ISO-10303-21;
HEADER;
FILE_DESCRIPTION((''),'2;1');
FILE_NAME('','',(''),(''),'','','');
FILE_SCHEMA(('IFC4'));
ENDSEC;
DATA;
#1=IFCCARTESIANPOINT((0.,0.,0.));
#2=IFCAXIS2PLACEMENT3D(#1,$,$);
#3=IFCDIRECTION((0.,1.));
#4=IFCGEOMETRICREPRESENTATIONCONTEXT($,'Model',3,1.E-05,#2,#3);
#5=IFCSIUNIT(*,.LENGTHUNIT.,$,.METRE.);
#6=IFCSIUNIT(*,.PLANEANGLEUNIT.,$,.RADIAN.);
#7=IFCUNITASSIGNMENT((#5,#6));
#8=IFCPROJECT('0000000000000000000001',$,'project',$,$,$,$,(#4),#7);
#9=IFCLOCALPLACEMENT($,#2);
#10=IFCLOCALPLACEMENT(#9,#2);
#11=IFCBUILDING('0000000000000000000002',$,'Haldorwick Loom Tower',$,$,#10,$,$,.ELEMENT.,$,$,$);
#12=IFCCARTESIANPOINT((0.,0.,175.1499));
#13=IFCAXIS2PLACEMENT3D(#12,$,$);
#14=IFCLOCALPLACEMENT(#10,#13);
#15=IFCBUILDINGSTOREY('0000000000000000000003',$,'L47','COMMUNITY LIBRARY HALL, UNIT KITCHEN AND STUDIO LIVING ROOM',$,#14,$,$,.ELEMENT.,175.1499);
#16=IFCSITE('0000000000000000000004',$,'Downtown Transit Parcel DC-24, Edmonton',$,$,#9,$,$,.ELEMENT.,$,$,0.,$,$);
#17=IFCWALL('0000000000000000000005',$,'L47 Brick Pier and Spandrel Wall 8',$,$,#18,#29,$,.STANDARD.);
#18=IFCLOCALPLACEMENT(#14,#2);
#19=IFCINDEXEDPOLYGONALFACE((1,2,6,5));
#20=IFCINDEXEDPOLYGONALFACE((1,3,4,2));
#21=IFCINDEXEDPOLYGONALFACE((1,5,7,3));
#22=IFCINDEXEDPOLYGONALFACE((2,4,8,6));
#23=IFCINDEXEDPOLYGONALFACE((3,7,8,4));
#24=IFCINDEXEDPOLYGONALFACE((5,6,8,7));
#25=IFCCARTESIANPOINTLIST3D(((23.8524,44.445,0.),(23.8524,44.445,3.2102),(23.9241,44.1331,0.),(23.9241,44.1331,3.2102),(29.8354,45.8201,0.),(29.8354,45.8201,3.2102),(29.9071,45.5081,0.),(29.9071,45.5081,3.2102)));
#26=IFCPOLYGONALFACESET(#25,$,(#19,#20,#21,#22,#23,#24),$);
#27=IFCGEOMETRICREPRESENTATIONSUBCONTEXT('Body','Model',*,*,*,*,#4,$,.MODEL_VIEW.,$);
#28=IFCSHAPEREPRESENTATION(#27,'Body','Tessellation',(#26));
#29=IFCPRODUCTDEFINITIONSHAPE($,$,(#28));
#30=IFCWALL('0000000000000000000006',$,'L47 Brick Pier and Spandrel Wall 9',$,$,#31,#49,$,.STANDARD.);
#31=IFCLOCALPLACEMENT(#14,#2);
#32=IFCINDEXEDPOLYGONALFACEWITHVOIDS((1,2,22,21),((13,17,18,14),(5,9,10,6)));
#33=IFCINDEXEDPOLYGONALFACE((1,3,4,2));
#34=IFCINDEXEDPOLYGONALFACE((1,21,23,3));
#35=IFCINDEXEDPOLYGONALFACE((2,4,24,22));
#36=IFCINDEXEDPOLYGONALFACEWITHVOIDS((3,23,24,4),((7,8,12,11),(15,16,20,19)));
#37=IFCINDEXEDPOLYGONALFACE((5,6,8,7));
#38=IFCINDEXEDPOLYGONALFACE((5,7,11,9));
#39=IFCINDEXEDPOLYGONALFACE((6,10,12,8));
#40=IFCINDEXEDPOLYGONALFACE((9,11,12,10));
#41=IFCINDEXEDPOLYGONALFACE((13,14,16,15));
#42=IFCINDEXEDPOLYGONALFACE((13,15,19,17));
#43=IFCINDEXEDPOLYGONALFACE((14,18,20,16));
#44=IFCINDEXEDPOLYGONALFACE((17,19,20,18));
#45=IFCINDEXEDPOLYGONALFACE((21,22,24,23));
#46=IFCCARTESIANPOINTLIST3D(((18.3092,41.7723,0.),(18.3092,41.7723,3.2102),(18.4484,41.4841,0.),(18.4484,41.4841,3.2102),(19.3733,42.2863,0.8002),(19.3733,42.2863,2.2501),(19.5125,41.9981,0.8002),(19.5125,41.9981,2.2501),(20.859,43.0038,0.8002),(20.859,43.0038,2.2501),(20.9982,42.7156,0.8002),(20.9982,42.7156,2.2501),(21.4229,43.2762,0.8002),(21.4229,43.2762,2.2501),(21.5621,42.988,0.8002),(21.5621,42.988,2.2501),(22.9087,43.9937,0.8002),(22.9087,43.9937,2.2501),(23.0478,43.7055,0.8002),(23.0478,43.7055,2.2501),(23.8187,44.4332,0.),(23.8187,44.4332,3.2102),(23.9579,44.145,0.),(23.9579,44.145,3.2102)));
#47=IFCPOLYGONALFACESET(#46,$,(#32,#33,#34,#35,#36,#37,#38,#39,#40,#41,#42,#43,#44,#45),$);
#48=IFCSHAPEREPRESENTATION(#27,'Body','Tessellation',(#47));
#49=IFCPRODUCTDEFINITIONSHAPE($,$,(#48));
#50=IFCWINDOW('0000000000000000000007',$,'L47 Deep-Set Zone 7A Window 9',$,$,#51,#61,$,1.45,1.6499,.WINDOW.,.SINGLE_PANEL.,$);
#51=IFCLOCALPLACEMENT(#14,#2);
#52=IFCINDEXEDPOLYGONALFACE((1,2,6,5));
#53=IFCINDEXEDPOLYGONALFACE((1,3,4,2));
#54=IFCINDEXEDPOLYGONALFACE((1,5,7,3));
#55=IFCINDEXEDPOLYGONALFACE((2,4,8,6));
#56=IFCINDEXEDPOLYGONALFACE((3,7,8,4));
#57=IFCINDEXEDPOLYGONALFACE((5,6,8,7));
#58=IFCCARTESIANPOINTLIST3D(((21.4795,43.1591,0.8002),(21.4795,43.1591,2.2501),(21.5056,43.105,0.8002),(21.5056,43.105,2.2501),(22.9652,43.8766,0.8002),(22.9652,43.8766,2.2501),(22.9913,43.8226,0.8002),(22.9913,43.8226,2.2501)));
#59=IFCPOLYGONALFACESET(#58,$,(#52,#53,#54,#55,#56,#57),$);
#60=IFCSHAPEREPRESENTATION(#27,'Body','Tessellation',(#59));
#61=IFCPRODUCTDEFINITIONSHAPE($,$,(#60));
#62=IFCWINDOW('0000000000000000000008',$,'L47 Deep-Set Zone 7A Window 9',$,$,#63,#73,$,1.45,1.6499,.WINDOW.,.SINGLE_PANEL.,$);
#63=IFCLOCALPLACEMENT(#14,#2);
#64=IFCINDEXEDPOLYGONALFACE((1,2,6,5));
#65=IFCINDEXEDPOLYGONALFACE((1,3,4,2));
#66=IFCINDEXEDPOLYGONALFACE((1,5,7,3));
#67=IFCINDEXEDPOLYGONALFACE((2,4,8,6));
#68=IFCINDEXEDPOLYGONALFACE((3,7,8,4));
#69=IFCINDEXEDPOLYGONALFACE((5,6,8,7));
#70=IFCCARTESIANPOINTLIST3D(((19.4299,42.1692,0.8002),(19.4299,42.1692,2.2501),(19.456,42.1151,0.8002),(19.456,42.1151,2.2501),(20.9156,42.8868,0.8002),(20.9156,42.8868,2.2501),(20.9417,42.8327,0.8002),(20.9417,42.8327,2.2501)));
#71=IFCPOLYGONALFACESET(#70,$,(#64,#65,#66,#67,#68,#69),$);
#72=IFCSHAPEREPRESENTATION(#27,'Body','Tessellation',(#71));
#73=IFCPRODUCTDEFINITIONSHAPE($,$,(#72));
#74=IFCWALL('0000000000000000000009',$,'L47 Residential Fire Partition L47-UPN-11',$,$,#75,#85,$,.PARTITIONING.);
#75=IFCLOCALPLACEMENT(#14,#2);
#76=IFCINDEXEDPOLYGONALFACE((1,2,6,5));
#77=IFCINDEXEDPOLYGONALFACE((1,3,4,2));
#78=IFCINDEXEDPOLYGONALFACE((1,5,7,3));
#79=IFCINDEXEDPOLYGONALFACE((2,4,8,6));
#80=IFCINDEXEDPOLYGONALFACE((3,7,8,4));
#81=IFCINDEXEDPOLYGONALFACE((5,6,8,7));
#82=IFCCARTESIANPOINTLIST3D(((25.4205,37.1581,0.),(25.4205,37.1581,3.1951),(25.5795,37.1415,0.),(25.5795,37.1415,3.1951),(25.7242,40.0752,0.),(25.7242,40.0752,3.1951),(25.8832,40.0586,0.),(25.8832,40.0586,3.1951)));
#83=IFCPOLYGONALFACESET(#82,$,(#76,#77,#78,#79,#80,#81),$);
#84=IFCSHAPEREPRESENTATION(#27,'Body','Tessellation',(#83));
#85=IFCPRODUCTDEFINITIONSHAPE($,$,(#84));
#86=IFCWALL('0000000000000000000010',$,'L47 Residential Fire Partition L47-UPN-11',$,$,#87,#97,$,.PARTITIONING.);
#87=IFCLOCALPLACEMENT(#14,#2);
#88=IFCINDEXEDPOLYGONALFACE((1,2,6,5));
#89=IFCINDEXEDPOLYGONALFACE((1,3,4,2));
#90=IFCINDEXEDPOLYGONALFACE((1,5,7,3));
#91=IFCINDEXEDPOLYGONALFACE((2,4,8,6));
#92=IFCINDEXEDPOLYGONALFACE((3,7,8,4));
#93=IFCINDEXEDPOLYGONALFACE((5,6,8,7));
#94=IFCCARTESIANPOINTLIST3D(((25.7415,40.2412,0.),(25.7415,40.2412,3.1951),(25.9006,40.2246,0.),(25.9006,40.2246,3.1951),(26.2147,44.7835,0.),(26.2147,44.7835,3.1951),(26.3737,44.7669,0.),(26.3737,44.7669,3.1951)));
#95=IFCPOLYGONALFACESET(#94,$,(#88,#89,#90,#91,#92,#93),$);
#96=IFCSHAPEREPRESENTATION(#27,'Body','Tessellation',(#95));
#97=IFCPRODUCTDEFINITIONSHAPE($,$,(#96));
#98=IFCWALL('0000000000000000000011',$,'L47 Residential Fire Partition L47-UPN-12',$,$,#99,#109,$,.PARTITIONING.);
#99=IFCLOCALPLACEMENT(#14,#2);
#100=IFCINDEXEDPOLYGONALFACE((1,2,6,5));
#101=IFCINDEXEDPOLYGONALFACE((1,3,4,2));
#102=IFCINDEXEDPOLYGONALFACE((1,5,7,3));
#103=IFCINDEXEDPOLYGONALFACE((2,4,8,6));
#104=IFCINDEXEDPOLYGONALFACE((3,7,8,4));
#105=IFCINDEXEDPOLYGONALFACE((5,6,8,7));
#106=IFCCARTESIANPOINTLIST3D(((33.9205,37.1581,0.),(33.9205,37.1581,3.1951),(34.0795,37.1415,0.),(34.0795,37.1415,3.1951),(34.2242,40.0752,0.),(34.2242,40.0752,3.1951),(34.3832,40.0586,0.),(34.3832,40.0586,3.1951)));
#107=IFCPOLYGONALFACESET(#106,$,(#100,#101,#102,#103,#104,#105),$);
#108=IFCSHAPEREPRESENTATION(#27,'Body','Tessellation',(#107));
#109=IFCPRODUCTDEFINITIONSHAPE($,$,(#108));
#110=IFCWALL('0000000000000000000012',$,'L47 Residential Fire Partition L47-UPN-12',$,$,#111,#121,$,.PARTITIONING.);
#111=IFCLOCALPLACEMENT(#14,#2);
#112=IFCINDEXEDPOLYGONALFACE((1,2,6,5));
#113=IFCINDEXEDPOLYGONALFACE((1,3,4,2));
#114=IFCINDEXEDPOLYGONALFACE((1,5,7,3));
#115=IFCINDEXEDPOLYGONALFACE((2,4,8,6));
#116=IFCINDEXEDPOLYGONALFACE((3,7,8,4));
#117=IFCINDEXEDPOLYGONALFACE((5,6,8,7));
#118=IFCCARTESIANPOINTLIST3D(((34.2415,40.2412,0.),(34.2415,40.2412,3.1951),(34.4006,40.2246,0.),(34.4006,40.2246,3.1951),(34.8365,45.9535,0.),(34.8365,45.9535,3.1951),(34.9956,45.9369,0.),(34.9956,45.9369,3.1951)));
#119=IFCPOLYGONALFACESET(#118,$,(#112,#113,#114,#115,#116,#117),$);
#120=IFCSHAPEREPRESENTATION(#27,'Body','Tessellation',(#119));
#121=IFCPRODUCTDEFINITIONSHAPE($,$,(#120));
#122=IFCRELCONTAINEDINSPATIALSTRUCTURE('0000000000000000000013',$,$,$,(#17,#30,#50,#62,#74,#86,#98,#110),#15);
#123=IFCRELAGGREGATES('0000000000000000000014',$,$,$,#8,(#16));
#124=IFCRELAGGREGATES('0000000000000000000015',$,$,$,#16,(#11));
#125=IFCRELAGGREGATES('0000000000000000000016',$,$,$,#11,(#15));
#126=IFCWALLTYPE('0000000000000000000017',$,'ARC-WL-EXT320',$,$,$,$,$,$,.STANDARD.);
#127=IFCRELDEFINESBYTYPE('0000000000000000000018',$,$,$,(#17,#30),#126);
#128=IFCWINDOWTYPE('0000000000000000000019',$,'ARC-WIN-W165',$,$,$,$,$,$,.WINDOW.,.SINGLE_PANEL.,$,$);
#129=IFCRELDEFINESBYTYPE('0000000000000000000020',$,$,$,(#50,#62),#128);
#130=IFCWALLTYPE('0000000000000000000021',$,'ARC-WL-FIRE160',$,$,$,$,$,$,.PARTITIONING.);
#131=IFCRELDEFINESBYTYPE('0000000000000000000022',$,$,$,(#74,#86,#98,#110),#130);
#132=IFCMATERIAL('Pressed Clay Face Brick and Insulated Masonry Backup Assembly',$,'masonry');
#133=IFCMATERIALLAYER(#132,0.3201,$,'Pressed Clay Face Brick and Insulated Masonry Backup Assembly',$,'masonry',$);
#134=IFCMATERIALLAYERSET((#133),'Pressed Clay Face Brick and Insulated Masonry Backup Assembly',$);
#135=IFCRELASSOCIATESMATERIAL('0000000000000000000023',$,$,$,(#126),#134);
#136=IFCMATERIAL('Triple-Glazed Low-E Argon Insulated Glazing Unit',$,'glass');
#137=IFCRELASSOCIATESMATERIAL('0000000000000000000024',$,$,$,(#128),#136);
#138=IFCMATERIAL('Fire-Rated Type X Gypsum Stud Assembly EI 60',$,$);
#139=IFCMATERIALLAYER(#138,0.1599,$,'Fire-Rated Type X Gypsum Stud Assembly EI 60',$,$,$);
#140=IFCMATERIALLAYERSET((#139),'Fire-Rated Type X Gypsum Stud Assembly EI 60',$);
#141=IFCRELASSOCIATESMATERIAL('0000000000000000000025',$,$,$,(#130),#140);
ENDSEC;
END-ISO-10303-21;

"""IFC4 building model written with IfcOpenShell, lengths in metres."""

from ifc_helpers import new_model, si_unit, direction, frame, frame_2d, origin, place, context, subcontext, project, spatial, rectangle, extrude, material, layer, layer_set, type_object, element, fill, save


model = new_model("IFC4")

# Units and contexts
model_context = context("Model", 3, precision=1e-05, world=origin(), true_north=direction((0.0, 1.0)))
body_context = subcontext(model_context, "Body", "Model", "MODEL_VIEW")
ifc_project = project(units=[si_unit("LENGTHUNIT", "METRE"), si_unit("PLANEANGLEUNIT", "RADIAN")], contexts=[model_context])

# Site, building, storey
site_placement = place(None, origin())
site = spatial("IfcSite", under=ifc_project, at=site_placement, Name="Downtown Transit Parcel DC-24, Edmonton", CompositionType="ELEMENT", RefElevation=0.0)
building_placement = place(site_placement, origin())
building = spatial("IfcBuilding", under=site, at=building_placement, Name="Haldorwick Loom Tower", CompositionType="ELEMENT")
storey_placement = place(building_placement, frame((0.0, 0.0, 175.1499)))
storey = spatial("IfcBuildingStorey", under=building, at=storey_placement, Name="L47", Description="COMMUNITY LIBRARY HALL, UNIT KITCHEN AND STUDIO LIVING ROOM", CompositionType="ELEMENT", Elevation=175.1499)

# Wall
ifc_material_1 = material(Name="Pressed Clay Face Brick and Insulated Masonry Backup Assembly", Category="masonry")
ifc_layer_1 = layer(ifc_material_1, 0.3201, Name="Pressed Clay Face Brick and Insulated Masonry Backup Assembly", Category="masonry")
ifc_layer_set_1 = layer_set([ifc_layer_1], Name="Pressed Clay Face Brick and Insulated Masonry Backup Assembly")
wall_type_1 = type_object("IfcWallType", Name="ARC-WL-EXT320", PredefinedType="STANDARD", material=ifc_layer_set_1)
wall_1_placement = place(storey_placement, frame((29.8711, 45.6641, 0.0), z_axis=(0.0, 0.0, 1.0), x_axis=(-0.974593, -0.223982, 0.0)))
element("IfcWall", 1, at=wall_1_placement, inside=storey, type_object=wall_type_1, Name="L47 Brick Pier and Spandrel Wall 8", PredefinedType="STANDARD", context=body_context, shape_type="SweptSolid", body=[
    extrude(rectangle(XDim=6.1389, YDim=0.3201, at=frame_2d((3.0693, 0.0))), origin(), (0.0, 0.0, 1.0), 3.2102),
])

# Wall, openings, windows
wall_2_placement = place(storey_placement, frame((23.8882, 44.2891, 0.0), z_axis=(0.0, 0.0, 1.0), x_axis=(-0.90048, -0.434897, 0.0)))
wall_2 = element("IfcWall", 2, at=wall_2_placement, inside=storey, type_object=wall_type_1, Name="L47 Brick Pier and Spandrel Wall 9", PredefinedType="STANDARD", context=body_context, shape_type="SweptSolid", body=[
    extrude(rectangle(XDim=6.1184, YDim=0.3201, at=frame_2d((3.0591, 0.0))), origin(), (0.0, 0.0, 1.0), 3.2102),
])
opening_1_placement = place(wall_2_placement, frame((1.0105, 0.0, 0.8)))
opening_1 = element("IfcOpeningElement", 3, at=opening_1_placement, cuts=wall_2, PredefinedType="OPENING", context=body_context, shape_type="SweptSolid", body=[
    extrude(rectangle(XDim=1.6499, YDim=1.45, at=frame_2d((0.825, 0.7251))), frame((0.0, 0.1699, 0.0), z_axis=(0.0, -1.0, 0.0), x_axis=(1.0, 0.0, 0.0)), (0.0, 0.0, 1.0), 0.3401),
])
opening_2_placement = place(wall_2_placement, frame((3.2866, 0.0, 0.8)))
opening_2 = element("IfcOpeningElement", 4, at=opening_2_placement, cuts=wall_2, PredefinedType="OPENING", context=body_context, shape_type="SweptSolid", body=[
    extrude(rectangle(XDim=1.6499, YDim=1.45, at=frame_2d((0.825, 0.7251))), frame((0.0, 0.1699, 0.0), z_axis=(0.0, -1.0, 0.0), x_axis=(1.0, 0.0, 0.0)), (0.0, 0.0, 1.0), 0.3401),
])
ifc_material_2 = material(Name="Triple-Glazed Low-E Argon Insulated Glazing Unit", Category="glass")
window_type = type_object("IfcWindowType", Name="ARC-WIN-W165", PartitioningType="SINGLE_PANEL", PredefinedType="WINDOW", material=ifc_material_2)
window_1_placement = place(opening_1_placement, origin())
window_1 = element("IfcWindow", 5, at=window_1_placement, inside=storey, type_object=window_type, Name="L47 Deep-Set Zone 7A Window 9", OverallHeight=1.45, OverallWidth=1.6499, PartitioningType="SINGLE_PANEL", PredefinedType="WINDOW", context=body_context, shape_type="SweptSolid", body=[
    extrude(rectangle(XDim=1.6499, YDim=1.45, at=frame_2d((0.825, 0.7251))), frame((0.0, 0.03, 0.0), z_axis=(0.0, -1.0, 0.0), x_axis=(1.0, 0.0, 0.0)), (0.0, 0.0, 1.0), 0.0601),
])
fill(opening_1, window_1)
window_2_placement = place(opening_2_placement, origin())
window_2 = element("IfcWindow", 6, at=window_2_placement, inside=storey, type_object=window_type, Name="L47 Deep-Set Zone 7A Window 9", OverallHeight=1.45, OverallWidth=1.6499, PartitioningType="SINGLE_PANEL", PredefinedType="WINDOW", context=body_context, shape_type="SweptSolid", body=[
    extrude(rectangle(XDim=1.6499, YDim=1.45, at=frame_2d((0.825, 0.7251))), frame((0.0, 0.03, 0.0), z_axis=(0.0, -1.0, 0.0), x_axis=(1.0, 0.0, 0.0)), (0.0, 0.0, 1.0), 0.0601),
])
fill(opening_2, window_2)

# Walls
ifc_material_3 = material(Name="Fire-Rated Type X Gypsum Stud Assembly EI 60")
ifc_layer_2 = layer(ifc_material_3, 0.1599, Name="Fire-Rated Type X Gypsum Stud Assembly EI 60")
ifc_layer_set_2 = layer_set([ifc_layer_2], Name="Fire-Rated Type X Gypsum Stud Assembly EI 60")
wall_type_2 = type_object("IfcWallType", Name="ARC-WL-FIRE160", PredefinedType="PARTITIONING", material=ifc_layer_set_2)
wall_3_placement = place(storey_placement, frame((25.5, 37.1499, 0.0), z_axis=(0.0, 0.0, 1.0), x_axis=(0.103558, 0.994623, 0.0)))
element("IfcWall", 7, at=wall_3_placement, inside=storey, type_object=wall_type_2, Name="L47 Residential Fire Partition L47-UPN-11", PredefinedType="PARTITIONING", context=body_context, shape_type="SweptSolid", body=[
    extrude(rectangle(XDim=2.9329, YDim=0.1599, at=frame_2d((1.4663, 0.0))), origin(), (0.0, 0.0, 1.0), 3.1951),
])
wall_4_placement = place(storey_placement, frame((25.821, 40.2329, 0.0), z_axis=(0.0, 0.0, 1.0), x_axis=(0.103605, 0.994619, 0.0)))
element("IfcWall", 8, at=wall_4_placement, inside=storey, type_object=wall_type_2, Name="L47 Residential Fire Partition L47-UPN-11", PredefinedType="PARTITIONING", context=body_context, shape_type="SweptSolid", body=[
    extrude(rectangle(XDim=4.5669, YDim=0.1599, at=frame_2d((2.2834, 0.0))), origin(), (0.0, 0.0, 1.0), 3.1951),
])
wall_5_placement = place(storey_placement, frame((34.0, 37.1499, 0.0), z_axis=(0.0, 0.0, 1.0), x_axis=(0.103558, 0.994623, 0.0)))
element("IfcWall", 9, at=wall_5_placement, inside=storey, type_object=wall_type_2, Name="L47 Residential Fire Partition L47-UPN-12", PredefinedType="PARTITIONING", context=body_context, shape_type="SweptSolid", body=[
    extrude(rectangle(XDim=2.9329, YDim=0.1599, at=frame_2d((1.4663, 0.0))), origin(), (0.0, 0.0, 1.0), 3.1951),
])
wall_6_placement = place(storey_placement, frame((34.321, 40.2329, 0.0), z_axis=(0.0, 0.0, 1.0), x_axis=(0.103598, 0.994619, 0.0)))
element("IfcWall", 10, at=wall_6_placement, inside=storey, type_object=wall_type_2, Name="L47 Residential Fire Partition L47-UPN-12", PredefinedType="PARTITIONING", context=body_context, shape_type="SweptSolid", body=[
    extrude(rectangle(XDim=5.7432, YDim=0.1599, at=frame_2d((2.8716, 0.0))), origin(), (0.0, 0.0, 1.0), 3.1951),
])

save(model, "model.ifc")
